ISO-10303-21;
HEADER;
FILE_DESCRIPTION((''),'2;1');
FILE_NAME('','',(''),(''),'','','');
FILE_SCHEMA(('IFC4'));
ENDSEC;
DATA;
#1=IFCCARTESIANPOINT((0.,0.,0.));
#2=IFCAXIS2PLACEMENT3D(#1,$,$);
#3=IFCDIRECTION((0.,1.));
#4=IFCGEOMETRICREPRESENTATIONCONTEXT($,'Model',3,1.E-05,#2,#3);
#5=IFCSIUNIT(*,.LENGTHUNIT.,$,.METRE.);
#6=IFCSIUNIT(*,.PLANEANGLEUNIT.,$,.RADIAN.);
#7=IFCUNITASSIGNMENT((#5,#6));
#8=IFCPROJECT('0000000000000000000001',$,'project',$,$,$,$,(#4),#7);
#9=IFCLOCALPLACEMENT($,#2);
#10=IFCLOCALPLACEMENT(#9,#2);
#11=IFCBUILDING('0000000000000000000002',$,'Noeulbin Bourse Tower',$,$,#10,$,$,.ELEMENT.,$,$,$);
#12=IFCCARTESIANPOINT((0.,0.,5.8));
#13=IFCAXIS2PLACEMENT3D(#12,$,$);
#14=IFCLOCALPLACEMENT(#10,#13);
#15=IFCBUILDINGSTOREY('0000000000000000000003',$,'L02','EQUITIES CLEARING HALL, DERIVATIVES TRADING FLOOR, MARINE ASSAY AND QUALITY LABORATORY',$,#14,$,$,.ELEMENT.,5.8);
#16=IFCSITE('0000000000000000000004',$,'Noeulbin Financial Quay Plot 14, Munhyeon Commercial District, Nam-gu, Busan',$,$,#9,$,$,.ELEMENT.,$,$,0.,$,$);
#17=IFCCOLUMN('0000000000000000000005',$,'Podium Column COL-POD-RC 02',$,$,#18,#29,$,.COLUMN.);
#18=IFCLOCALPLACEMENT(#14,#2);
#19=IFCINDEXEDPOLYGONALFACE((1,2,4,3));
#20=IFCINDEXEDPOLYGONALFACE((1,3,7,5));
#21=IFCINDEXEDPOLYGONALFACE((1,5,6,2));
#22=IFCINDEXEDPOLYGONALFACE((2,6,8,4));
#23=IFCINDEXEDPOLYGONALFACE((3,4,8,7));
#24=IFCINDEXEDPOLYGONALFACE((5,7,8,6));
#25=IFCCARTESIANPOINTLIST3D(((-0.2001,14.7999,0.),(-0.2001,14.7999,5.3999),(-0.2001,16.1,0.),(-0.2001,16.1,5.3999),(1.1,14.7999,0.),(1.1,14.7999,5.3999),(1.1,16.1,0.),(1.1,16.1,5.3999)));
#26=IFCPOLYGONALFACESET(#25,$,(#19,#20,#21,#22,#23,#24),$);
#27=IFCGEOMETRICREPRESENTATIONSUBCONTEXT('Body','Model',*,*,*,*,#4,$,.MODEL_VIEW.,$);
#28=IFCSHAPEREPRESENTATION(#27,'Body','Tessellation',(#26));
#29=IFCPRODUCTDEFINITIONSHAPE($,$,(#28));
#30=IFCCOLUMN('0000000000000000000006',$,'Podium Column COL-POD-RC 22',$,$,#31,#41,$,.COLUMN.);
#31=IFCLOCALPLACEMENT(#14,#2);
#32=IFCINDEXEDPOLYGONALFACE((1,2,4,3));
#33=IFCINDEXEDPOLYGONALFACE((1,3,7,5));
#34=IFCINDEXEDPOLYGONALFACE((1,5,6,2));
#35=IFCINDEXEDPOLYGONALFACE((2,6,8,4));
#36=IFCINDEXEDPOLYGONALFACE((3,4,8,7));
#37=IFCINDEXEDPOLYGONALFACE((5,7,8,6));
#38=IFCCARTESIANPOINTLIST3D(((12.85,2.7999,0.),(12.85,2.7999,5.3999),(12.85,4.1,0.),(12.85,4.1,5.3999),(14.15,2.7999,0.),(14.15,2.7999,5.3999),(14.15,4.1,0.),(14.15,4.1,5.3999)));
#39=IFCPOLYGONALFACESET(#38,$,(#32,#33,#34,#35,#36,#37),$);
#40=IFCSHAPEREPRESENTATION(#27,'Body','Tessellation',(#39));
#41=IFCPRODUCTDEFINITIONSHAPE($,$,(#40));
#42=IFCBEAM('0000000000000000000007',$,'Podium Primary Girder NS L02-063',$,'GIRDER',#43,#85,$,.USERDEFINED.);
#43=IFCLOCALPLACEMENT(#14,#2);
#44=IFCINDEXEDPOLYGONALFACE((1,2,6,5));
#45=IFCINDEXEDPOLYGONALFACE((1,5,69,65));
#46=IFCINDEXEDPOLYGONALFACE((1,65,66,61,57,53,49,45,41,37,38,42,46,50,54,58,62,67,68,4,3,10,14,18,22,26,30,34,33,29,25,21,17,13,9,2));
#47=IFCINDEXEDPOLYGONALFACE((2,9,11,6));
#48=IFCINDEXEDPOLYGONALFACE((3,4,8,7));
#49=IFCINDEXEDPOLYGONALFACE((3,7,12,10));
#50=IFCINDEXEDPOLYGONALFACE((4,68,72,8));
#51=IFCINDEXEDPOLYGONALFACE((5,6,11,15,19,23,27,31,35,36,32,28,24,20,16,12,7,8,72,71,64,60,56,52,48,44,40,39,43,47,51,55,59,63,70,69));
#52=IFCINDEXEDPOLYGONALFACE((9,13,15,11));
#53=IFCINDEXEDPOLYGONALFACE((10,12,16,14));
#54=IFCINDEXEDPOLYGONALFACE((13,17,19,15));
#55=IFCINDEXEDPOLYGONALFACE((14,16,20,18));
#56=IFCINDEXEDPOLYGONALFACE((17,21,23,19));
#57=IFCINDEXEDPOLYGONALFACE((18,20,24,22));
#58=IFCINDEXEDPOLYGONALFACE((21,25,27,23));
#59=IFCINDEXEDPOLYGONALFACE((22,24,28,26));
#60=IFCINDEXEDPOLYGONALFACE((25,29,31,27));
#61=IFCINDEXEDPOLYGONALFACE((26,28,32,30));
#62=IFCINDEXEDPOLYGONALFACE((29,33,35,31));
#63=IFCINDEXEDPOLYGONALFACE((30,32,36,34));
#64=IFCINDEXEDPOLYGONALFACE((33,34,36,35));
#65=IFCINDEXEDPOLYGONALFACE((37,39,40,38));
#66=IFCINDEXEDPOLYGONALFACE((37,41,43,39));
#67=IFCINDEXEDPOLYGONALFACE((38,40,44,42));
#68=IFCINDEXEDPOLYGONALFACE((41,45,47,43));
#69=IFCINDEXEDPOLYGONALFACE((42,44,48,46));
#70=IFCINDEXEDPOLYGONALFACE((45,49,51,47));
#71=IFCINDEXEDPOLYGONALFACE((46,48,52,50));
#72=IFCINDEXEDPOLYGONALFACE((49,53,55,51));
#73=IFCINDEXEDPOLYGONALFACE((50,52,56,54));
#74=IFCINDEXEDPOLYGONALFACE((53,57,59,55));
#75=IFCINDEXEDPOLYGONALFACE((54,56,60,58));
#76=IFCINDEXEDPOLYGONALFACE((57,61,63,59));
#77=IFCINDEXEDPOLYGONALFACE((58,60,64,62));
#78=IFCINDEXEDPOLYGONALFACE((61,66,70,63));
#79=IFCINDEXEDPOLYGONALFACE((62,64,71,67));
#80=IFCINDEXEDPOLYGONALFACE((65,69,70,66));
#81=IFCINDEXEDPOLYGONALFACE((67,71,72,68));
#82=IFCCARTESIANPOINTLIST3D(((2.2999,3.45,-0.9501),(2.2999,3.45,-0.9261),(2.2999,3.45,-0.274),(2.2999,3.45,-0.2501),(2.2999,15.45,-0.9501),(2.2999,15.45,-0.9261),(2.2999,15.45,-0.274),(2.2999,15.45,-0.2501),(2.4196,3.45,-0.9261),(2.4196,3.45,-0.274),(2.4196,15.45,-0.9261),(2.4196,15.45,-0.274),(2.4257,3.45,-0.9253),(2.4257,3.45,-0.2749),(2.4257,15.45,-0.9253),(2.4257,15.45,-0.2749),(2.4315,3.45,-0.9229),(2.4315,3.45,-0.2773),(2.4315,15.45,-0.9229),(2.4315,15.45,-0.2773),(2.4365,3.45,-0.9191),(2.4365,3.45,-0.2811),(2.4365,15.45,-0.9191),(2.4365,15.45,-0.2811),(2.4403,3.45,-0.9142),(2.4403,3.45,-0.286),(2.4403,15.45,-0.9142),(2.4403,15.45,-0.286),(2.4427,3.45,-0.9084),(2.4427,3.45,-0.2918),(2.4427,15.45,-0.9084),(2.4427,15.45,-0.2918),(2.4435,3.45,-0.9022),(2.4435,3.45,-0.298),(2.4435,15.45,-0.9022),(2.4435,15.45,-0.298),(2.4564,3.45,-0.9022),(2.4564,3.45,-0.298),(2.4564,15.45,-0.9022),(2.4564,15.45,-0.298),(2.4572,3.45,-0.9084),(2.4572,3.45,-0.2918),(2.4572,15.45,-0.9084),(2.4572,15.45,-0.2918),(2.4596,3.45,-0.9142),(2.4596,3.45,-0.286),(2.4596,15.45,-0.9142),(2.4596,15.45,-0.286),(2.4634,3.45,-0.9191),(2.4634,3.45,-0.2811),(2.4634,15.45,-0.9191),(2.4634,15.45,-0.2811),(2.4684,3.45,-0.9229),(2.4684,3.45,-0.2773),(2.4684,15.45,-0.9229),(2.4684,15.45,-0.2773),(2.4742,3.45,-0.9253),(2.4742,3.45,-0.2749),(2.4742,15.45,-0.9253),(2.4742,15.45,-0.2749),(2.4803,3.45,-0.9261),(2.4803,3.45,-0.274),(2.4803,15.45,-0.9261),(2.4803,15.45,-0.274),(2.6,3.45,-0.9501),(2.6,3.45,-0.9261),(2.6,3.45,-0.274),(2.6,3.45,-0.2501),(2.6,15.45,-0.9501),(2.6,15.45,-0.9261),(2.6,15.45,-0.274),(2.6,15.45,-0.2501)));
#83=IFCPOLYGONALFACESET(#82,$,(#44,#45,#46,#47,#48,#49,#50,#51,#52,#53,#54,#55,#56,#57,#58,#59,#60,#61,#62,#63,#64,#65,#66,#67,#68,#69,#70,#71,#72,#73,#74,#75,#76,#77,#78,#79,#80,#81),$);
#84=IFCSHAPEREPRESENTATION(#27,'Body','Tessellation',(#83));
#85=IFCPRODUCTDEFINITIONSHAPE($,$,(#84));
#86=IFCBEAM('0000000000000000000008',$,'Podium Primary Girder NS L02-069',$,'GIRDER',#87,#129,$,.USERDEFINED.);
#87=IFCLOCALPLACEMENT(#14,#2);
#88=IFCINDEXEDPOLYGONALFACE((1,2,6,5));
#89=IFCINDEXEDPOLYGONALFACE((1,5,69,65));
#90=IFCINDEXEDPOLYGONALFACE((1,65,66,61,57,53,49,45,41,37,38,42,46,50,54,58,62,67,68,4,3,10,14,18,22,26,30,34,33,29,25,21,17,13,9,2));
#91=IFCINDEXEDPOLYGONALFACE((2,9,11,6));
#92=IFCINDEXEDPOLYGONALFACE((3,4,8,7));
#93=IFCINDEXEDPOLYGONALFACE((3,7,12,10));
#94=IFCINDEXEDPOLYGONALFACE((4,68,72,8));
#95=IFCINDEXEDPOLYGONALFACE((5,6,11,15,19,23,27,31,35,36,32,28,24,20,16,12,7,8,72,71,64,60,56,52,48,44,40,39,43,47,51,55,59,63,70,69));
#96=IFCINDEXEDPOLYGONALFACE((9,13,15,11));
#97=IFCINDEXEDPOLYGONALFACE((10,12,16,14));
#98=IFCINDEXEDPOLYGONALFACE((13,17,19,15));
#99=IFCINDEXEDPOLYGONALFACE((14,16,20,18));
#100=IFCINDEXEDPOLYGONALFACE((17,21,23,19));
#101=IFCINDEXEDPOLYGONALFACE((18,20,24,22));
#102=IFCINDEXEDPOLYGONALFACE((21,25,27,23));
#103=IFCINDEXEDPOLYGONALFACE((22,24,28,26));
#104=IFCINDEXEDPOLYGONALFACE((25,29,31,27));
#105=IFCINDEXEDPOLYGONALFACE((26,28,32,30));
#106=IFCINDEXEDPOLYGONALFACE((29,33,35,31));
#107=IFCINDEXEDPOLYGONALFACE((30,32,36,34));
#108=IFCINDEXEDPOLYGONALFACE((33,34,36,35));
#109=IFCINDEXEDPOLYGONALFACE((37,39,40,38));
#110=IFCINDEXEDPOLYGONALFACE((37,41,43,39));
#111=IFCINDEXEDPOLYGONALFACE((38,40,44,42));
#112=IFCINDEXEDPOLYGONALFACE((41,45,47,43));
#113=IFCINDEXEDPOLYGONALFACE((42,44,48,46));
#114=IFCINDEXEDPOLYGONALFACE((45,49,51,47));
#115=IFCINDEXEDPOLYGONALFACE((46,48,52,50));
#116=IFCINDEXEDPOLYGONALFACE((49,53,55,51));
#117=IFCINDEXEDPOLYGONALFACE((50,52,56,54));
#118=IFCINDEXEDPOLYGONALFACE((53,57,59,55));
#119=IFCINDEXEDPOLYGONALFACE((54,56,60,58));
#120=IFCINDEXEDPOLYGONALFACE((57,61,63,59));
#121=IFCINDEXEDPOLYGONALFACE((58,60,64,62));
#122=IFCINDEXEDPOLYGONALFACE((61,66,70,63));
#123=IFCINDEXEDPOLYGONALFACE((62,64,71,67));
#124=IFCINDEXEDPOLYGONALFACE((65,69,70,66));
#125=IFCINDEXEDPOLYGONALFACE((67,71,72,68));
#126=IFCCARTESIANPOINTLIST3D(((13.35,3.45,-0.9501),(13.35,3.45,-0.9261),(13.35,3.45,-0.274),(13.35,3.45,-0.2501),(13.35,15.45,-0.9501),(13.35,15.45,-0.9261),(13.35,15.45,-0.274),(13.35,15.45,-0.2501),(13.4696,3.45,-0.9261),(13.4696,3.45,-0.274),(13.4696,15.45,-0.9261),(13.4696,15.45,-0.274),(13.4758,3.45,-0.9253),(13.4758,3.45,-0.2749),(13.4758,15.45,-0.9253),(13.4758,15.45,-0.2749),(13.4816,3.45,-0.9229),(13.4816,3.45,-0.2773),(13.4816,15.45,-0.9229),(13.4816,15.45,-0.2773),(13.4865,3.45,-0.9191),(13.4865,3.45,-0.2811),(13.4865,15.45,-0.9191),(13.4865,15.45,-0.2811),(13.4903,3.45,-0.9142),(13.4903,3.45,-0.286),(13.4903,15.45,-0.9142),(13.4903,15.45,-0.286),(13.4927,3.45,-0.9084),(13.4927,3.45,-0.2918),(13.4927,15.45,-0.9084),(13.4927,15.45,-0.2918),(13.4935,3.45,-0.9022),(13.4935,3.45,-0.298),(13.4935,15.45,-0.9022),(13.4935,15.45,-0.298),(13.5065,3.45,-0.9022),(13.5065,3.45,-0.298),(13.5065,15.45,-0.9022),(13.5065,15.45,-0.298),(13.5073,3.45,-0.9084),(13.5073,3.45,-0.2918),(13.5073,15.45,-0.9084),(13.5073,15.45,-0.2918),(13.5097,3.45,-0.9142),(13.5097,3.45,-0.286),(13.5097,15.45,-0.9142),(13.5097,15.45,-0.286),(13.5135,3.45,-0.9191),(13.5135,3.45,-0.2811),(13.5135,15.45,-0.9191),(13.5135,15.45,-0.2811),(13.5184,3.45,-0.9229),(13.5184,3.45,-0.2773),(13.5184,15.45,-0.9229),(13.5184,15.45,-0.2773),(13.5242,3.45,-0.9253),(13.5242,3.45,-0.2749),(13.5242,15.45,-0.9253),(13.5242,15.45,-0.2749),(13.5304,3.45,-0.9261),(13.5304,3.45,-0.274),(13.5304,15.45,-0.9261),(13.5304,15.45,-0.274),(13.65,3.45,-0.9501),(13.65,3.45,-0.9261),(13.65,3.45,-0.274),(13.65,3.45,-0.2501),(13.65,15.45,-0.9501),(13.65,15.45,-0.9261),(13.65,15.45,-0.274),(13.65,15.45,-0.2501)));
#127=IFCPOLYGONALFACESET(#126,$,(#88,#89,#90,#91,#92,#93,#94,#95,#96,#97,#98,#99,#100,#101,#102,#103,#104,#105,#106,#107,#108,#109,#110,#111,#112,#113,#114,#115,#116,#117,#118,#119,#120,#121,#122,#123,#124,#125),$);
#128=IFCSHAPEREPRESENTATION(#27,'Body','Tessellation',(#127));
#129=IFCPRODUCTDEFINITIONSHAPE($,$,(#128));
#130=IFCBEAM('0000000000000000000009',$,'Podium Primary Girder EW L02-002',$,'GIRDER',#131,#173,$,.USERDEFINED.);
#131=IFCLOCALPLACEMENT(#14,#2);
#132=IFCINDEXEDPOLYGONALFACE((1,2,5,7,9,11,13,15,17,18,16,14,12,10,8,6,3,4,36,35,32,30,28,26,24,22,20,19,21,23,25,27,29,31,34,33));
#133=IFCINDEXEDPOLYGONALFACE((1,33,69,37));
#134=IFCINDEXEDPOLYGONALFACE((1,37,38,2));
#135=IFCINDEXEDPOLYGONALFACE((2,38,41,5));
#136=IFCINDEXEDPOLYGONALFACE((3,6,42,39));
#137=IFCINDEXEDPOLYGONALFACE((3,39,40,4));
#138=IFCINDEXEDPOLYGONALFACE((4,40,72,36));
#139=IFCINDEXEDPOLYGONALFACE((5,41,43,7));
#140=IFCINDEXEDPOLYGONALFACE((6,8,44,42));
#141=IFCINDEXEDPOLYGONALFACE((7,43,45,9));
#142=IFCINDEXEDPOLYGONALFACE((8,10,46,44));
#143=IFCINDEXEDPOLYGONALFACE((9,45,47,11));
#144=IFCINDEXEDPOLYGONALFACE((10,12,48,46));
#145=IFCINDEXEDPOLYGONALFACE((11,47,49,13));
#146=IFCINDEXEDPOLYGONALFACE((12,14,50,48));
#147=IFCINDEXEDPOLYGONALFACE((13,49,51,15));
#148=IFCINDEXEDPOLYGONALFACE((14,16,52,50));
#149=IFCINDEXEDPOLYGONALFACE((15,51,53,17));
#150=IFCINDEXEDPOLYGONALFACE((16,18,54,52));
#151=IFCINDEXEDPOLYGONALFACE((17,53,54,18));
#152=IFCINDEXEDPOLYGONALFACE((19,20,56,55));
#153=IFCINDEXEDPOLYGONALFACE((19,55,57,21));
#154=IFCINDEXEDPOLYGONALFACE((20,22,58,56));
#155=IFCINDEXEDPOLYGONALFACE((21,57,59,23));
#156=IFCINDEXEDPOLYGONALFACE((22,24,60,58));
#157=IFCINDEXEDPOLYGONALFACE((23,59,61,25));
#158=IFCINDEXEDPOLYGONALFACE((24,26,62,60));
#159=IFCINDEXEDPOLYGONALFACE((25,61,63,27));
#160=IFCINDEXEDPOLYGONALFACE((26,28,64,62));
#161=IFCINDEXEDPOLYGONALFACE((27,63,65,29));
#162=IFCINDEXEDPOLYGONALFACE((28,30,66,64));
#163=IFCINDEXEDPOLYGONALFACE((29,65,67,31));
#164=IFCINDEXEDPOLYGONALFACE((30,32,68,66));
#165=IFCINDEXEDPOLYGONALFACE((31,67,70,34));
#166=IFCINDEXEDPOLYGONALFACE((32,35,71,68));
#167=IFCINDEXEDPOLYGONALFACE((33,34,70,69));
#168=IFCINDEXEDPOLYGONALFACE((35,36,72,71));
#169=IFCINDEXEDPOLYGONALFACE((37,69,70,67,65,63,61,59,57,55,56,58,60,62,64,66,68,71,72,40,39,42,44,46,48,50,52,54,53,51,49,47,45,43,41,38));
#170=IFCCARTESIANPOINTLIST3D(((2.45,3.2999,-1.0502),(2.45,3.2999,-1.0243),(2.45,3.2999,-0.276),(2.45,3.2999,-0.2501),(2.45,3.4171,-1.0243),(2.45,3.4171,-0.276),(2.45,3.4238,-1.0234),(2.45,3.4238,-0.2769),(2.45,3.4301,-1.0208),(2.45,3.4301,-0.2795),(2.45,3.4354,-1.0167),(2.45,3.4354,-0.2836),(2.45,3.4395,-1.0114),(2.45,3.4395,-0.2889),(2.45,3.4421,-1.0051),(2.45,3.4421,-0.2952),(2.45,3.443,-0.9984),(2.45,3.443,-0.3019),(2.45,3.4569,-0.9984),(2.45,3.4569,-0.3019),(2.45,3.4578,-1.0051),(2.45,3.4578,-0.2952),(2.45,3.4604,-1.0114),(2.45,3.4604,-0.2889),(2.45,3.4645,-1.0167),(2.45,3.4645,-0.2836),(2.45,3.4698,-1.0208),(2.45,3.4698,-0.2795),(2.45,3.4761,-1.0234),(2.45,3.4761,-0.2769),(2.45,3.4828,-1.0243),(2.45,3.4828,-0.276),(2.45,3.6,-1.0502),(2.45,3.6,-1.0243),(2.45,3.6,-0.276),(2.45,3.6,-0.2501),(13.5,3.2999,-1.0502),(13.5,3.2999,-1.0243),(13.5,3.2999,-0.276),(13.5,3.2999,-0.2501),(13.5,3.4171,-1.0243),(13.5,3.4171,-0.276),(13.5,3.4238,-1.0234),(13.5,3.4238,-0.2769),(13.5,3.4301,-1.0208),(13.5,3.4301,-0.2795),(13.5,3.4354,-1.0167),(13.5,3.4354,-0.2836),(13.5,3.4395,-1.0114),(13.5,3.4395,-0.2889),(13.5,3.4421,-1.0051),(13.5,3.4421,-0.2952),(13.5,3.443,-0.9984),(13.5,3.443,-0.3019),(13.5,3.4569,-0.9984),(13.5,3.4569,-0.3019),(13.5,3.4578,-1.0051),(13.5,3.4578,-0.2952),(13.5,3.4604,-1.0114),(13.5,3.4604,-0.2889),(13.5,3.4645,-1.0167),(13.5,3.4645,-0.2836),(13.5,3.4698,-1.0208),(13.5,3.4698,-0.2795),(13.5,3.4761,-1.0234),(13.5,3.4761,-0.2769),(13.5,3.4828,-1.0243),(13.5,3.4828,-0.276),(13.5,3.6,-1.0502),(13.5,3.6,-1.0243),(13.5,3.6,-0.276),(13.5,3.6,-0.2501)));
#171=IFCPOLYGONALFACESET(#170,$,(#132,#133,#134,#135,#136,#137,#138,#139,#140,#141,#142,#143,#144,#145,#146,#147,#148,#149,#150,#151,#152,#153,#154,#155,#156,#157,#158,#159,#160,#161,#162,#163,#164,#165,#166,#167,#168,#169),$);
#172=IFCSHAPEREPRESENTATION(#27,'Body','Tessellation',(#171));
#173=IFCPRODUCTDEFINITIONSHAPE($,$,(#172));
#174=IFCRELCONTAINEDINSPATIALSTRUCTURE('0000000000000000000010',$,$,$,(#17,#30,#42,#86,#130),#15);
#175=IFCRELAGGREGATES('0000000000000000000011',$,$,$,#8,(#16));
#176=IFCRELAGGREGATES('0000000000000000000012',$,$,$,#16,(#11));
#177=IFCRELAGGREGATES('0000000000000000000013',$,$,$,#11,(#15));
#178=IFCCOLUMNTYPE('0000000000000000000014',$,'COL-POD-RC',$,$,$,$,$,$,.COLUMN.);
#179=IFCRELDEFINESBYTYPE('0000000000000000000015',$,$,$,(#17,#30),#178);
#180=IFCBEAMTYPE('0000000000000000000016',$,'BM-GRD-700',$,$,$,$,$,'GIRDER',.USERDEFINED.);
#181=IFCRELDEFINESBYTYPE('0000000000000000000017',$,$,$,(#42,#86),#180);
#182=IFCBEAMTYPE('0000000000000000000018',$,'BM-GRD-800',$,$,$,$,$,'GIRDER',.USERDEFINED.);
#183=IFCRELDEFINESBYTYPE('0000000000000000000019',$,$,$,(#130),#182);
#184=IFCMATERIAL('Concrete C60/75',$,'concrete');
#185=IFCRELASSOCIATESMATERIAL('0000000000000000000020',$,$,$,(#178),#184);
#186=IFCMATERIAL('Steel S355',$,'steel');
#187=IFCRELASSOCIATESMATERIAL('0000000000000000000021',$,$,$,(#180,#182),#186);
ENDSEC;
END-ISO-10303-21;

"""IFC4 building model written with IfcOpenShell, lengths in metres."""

from ifc_helpers import new_model, si_unit, direction, frame, origin, origin_2d, place, context, subcontext, project, spatial, rectangle, i_section, extrude, material, material_profile, profile_set, type_object, element, save


model = new_model("IFC4")

# Units and contexts
model_context = context("Model", 3, precision=1e-05, world=origin(), true_north=direction((0.0, 1.0)))
body_context = subcontext(model_context, "Body", "Model", "MODEL_VIEW")
ifc_project = project(units=[si_unit("LENGTHUNIT", "METRE"), si_unit("PLANEANGLEUNIT", "RADIAN")], contexts=[model_context])

# Site, building, storey
site_placement = place(None, origin())
site = spatial("IfcSite", under=ifc_project, at=site_placement, Name="Noeulbin Financial Quay Plot 14, Munhyeon Commercial District, Nam-gu, Busan", CompositionType="ELEMENT", RefElevation=0.0)
building_placement = place(site_placement, origin())
building = spatial("IfcBuilding", under=site, at=building_placement, Name="Noeulbin Bourse Tower", CompositionType="ELEMENT")
storey_placement = place(building_placement, frame((0.0, 0.0, 5.8)))
storey = spatial("IfcBuildingStorey", under=building, at=storey_placement, Name="L02", Description="EQUITIES CLEARING HALL, DERIVATIVES TRADING FLOOR, MARINE ASSAY AND QUALITY LABORATORY", CompositionType="ELEMENT", Elevation=5.8)

# Columns
ifc_material_1 = material(Name="Concrete C60/75", Category="concrete")
ifc_material_profile_1 = material_profile(ifc_material_1, rectangle(XDim=1.3, YDim=1.3, at=origin_2d()), Name="RC-COL-1300x1300", Category="LoadBearing")
ifc_profile_set_1 = profile_set([ifc_material_profile_1], Name="Concrete C60/75")
column_type = type_object("IfcColumnType", Name="COL-POD-RC", PredefinedType="COLUMN", material=ifc_profile_set_1)
for number, where, z_axis, x_axis, name in (
    (1, (0.45, 15.45, 0.0), (0.0, 0.0, 1.0), (1.0, 0.0, 0.0), "Podium Column COL-POD-RC 02"),
    (2, (13.5, 3.45, 0.0), (0.0, 0.0, 1.0), (1.0, 0.0, 0.0), "Podium Column COL-POD-RC 22"),
):
    element("IfcColumn", number, at=place(storey_placement, frame(where, z_axis=z_axis, x_axis=x_axis)), inside=storey, type_object=column_type, Name=name, PredefinedType="COLUMN", context=body_context, shape_type="SweptSolid", body=[
        extrude(rectangle(XDim=1.3, YDim=1.3, at=origin_2d()), origin(), (0.0, 0.0, 1.0), 5.3999),
    ])

# Beams
ifc_material_2 = material(Name="Steel S355", Category="steel")
ifc_material_profile_2 = material_profile(ifc_material_2, i_section(OverallWidth=0.3, OverallDepth=0.7, WebThickness=0.0129, FlangeThickness=0.0239, FilletRadius=0.0239, at=origin_2d()), Name="H-700x300x13x24", Category="LoadBearing")
ifc_profile_set_2 = profile_set([ifc_material_profile_2], Name="Steel S355")
beam_type_1 = type_object("IfcBeamType", Name="BM-GRD-700", ElementType="GIRDER", PredefinedType="USERDEFINED", material=ifc_profile_set_2)
for number, where, z_axis, x_axis, name in (
    (3, (2.45, 3.45, -0.6001), (0.0, 1.0, 0.0), (-1.0, 0.0, 0.0), "Podium Primary Girder NS L02-063"),
    (4, (13.5, 3.45, -0.6001), (0.0, 1.0, 0.0), (-1.0, 0.0, 0.0), "Podium Primary Girder NS L02-069"),
):
    element("IfcBeam", number, at=place(storey_placement, frame(where, z_axis=z_axis, x_axis=x_axis)), inside=storey, type_object=beam_type_1, Name=name, ObjectType="GIRDER", PredefinedType="USERDEFINED", context=body_context, shape_type="SweptSolid", body=[
        extrude(i_section(OverallWidth=0.3, OverallDepth=0.7, WebThickness=0.0129, FlangeThickness=0.0239, FilletRadius=0.0239, at=origin_2d()), origin(), (0.0, 0.0, 1.0), 12.0),
    ])
ifc_material_profile_3 = material_profile(ifc_material_2, i_section(OverallWidth=0.3, OverallDepth=0.8, WebThickness=0.0139, FlangeThickness=0.0259, FilletRadius=0.0259, at=origin_2d()), Name="H-800x300x14x26", Category="LoadBearing")
ifc_profile_set_3 = profile_set([ifc_material_profile_3], Name="Steel S355")
beam_type_2 = type_object("IfcBeamType", Name="BM-GRD-800", ElementType="GIRDER", PredefinedType="USERDEFINED", material=ifc_profile_set_3)
beam_1_placement = place(storey_placement, frame((2.45, 3.45, -0.6501), z_axis=(1.0, 0.0, 0.0), x_axis=(0.0, 1.0, 0.0)))
element("IfcBeam", 5, at=beam_1_placement, inside=storey, type_object=beam_type_2, Name="Podium Primary Girder EW L02-002", ObjectType="GIRDER", PredefinedType="USERDEFINED", context=body_context, shape_type="SweptSolid", body=[
    extrude(i_section(OverallWidth=0.3, OverallDepth=0.8, WebThickness=0.0139, FlangeThickness=0.0259, FilletRadius=0.0259, at=origin_2d()), origin(), (0.0, 0.0, 1.0), 11.05),
])

save(model, "model.ifc")
